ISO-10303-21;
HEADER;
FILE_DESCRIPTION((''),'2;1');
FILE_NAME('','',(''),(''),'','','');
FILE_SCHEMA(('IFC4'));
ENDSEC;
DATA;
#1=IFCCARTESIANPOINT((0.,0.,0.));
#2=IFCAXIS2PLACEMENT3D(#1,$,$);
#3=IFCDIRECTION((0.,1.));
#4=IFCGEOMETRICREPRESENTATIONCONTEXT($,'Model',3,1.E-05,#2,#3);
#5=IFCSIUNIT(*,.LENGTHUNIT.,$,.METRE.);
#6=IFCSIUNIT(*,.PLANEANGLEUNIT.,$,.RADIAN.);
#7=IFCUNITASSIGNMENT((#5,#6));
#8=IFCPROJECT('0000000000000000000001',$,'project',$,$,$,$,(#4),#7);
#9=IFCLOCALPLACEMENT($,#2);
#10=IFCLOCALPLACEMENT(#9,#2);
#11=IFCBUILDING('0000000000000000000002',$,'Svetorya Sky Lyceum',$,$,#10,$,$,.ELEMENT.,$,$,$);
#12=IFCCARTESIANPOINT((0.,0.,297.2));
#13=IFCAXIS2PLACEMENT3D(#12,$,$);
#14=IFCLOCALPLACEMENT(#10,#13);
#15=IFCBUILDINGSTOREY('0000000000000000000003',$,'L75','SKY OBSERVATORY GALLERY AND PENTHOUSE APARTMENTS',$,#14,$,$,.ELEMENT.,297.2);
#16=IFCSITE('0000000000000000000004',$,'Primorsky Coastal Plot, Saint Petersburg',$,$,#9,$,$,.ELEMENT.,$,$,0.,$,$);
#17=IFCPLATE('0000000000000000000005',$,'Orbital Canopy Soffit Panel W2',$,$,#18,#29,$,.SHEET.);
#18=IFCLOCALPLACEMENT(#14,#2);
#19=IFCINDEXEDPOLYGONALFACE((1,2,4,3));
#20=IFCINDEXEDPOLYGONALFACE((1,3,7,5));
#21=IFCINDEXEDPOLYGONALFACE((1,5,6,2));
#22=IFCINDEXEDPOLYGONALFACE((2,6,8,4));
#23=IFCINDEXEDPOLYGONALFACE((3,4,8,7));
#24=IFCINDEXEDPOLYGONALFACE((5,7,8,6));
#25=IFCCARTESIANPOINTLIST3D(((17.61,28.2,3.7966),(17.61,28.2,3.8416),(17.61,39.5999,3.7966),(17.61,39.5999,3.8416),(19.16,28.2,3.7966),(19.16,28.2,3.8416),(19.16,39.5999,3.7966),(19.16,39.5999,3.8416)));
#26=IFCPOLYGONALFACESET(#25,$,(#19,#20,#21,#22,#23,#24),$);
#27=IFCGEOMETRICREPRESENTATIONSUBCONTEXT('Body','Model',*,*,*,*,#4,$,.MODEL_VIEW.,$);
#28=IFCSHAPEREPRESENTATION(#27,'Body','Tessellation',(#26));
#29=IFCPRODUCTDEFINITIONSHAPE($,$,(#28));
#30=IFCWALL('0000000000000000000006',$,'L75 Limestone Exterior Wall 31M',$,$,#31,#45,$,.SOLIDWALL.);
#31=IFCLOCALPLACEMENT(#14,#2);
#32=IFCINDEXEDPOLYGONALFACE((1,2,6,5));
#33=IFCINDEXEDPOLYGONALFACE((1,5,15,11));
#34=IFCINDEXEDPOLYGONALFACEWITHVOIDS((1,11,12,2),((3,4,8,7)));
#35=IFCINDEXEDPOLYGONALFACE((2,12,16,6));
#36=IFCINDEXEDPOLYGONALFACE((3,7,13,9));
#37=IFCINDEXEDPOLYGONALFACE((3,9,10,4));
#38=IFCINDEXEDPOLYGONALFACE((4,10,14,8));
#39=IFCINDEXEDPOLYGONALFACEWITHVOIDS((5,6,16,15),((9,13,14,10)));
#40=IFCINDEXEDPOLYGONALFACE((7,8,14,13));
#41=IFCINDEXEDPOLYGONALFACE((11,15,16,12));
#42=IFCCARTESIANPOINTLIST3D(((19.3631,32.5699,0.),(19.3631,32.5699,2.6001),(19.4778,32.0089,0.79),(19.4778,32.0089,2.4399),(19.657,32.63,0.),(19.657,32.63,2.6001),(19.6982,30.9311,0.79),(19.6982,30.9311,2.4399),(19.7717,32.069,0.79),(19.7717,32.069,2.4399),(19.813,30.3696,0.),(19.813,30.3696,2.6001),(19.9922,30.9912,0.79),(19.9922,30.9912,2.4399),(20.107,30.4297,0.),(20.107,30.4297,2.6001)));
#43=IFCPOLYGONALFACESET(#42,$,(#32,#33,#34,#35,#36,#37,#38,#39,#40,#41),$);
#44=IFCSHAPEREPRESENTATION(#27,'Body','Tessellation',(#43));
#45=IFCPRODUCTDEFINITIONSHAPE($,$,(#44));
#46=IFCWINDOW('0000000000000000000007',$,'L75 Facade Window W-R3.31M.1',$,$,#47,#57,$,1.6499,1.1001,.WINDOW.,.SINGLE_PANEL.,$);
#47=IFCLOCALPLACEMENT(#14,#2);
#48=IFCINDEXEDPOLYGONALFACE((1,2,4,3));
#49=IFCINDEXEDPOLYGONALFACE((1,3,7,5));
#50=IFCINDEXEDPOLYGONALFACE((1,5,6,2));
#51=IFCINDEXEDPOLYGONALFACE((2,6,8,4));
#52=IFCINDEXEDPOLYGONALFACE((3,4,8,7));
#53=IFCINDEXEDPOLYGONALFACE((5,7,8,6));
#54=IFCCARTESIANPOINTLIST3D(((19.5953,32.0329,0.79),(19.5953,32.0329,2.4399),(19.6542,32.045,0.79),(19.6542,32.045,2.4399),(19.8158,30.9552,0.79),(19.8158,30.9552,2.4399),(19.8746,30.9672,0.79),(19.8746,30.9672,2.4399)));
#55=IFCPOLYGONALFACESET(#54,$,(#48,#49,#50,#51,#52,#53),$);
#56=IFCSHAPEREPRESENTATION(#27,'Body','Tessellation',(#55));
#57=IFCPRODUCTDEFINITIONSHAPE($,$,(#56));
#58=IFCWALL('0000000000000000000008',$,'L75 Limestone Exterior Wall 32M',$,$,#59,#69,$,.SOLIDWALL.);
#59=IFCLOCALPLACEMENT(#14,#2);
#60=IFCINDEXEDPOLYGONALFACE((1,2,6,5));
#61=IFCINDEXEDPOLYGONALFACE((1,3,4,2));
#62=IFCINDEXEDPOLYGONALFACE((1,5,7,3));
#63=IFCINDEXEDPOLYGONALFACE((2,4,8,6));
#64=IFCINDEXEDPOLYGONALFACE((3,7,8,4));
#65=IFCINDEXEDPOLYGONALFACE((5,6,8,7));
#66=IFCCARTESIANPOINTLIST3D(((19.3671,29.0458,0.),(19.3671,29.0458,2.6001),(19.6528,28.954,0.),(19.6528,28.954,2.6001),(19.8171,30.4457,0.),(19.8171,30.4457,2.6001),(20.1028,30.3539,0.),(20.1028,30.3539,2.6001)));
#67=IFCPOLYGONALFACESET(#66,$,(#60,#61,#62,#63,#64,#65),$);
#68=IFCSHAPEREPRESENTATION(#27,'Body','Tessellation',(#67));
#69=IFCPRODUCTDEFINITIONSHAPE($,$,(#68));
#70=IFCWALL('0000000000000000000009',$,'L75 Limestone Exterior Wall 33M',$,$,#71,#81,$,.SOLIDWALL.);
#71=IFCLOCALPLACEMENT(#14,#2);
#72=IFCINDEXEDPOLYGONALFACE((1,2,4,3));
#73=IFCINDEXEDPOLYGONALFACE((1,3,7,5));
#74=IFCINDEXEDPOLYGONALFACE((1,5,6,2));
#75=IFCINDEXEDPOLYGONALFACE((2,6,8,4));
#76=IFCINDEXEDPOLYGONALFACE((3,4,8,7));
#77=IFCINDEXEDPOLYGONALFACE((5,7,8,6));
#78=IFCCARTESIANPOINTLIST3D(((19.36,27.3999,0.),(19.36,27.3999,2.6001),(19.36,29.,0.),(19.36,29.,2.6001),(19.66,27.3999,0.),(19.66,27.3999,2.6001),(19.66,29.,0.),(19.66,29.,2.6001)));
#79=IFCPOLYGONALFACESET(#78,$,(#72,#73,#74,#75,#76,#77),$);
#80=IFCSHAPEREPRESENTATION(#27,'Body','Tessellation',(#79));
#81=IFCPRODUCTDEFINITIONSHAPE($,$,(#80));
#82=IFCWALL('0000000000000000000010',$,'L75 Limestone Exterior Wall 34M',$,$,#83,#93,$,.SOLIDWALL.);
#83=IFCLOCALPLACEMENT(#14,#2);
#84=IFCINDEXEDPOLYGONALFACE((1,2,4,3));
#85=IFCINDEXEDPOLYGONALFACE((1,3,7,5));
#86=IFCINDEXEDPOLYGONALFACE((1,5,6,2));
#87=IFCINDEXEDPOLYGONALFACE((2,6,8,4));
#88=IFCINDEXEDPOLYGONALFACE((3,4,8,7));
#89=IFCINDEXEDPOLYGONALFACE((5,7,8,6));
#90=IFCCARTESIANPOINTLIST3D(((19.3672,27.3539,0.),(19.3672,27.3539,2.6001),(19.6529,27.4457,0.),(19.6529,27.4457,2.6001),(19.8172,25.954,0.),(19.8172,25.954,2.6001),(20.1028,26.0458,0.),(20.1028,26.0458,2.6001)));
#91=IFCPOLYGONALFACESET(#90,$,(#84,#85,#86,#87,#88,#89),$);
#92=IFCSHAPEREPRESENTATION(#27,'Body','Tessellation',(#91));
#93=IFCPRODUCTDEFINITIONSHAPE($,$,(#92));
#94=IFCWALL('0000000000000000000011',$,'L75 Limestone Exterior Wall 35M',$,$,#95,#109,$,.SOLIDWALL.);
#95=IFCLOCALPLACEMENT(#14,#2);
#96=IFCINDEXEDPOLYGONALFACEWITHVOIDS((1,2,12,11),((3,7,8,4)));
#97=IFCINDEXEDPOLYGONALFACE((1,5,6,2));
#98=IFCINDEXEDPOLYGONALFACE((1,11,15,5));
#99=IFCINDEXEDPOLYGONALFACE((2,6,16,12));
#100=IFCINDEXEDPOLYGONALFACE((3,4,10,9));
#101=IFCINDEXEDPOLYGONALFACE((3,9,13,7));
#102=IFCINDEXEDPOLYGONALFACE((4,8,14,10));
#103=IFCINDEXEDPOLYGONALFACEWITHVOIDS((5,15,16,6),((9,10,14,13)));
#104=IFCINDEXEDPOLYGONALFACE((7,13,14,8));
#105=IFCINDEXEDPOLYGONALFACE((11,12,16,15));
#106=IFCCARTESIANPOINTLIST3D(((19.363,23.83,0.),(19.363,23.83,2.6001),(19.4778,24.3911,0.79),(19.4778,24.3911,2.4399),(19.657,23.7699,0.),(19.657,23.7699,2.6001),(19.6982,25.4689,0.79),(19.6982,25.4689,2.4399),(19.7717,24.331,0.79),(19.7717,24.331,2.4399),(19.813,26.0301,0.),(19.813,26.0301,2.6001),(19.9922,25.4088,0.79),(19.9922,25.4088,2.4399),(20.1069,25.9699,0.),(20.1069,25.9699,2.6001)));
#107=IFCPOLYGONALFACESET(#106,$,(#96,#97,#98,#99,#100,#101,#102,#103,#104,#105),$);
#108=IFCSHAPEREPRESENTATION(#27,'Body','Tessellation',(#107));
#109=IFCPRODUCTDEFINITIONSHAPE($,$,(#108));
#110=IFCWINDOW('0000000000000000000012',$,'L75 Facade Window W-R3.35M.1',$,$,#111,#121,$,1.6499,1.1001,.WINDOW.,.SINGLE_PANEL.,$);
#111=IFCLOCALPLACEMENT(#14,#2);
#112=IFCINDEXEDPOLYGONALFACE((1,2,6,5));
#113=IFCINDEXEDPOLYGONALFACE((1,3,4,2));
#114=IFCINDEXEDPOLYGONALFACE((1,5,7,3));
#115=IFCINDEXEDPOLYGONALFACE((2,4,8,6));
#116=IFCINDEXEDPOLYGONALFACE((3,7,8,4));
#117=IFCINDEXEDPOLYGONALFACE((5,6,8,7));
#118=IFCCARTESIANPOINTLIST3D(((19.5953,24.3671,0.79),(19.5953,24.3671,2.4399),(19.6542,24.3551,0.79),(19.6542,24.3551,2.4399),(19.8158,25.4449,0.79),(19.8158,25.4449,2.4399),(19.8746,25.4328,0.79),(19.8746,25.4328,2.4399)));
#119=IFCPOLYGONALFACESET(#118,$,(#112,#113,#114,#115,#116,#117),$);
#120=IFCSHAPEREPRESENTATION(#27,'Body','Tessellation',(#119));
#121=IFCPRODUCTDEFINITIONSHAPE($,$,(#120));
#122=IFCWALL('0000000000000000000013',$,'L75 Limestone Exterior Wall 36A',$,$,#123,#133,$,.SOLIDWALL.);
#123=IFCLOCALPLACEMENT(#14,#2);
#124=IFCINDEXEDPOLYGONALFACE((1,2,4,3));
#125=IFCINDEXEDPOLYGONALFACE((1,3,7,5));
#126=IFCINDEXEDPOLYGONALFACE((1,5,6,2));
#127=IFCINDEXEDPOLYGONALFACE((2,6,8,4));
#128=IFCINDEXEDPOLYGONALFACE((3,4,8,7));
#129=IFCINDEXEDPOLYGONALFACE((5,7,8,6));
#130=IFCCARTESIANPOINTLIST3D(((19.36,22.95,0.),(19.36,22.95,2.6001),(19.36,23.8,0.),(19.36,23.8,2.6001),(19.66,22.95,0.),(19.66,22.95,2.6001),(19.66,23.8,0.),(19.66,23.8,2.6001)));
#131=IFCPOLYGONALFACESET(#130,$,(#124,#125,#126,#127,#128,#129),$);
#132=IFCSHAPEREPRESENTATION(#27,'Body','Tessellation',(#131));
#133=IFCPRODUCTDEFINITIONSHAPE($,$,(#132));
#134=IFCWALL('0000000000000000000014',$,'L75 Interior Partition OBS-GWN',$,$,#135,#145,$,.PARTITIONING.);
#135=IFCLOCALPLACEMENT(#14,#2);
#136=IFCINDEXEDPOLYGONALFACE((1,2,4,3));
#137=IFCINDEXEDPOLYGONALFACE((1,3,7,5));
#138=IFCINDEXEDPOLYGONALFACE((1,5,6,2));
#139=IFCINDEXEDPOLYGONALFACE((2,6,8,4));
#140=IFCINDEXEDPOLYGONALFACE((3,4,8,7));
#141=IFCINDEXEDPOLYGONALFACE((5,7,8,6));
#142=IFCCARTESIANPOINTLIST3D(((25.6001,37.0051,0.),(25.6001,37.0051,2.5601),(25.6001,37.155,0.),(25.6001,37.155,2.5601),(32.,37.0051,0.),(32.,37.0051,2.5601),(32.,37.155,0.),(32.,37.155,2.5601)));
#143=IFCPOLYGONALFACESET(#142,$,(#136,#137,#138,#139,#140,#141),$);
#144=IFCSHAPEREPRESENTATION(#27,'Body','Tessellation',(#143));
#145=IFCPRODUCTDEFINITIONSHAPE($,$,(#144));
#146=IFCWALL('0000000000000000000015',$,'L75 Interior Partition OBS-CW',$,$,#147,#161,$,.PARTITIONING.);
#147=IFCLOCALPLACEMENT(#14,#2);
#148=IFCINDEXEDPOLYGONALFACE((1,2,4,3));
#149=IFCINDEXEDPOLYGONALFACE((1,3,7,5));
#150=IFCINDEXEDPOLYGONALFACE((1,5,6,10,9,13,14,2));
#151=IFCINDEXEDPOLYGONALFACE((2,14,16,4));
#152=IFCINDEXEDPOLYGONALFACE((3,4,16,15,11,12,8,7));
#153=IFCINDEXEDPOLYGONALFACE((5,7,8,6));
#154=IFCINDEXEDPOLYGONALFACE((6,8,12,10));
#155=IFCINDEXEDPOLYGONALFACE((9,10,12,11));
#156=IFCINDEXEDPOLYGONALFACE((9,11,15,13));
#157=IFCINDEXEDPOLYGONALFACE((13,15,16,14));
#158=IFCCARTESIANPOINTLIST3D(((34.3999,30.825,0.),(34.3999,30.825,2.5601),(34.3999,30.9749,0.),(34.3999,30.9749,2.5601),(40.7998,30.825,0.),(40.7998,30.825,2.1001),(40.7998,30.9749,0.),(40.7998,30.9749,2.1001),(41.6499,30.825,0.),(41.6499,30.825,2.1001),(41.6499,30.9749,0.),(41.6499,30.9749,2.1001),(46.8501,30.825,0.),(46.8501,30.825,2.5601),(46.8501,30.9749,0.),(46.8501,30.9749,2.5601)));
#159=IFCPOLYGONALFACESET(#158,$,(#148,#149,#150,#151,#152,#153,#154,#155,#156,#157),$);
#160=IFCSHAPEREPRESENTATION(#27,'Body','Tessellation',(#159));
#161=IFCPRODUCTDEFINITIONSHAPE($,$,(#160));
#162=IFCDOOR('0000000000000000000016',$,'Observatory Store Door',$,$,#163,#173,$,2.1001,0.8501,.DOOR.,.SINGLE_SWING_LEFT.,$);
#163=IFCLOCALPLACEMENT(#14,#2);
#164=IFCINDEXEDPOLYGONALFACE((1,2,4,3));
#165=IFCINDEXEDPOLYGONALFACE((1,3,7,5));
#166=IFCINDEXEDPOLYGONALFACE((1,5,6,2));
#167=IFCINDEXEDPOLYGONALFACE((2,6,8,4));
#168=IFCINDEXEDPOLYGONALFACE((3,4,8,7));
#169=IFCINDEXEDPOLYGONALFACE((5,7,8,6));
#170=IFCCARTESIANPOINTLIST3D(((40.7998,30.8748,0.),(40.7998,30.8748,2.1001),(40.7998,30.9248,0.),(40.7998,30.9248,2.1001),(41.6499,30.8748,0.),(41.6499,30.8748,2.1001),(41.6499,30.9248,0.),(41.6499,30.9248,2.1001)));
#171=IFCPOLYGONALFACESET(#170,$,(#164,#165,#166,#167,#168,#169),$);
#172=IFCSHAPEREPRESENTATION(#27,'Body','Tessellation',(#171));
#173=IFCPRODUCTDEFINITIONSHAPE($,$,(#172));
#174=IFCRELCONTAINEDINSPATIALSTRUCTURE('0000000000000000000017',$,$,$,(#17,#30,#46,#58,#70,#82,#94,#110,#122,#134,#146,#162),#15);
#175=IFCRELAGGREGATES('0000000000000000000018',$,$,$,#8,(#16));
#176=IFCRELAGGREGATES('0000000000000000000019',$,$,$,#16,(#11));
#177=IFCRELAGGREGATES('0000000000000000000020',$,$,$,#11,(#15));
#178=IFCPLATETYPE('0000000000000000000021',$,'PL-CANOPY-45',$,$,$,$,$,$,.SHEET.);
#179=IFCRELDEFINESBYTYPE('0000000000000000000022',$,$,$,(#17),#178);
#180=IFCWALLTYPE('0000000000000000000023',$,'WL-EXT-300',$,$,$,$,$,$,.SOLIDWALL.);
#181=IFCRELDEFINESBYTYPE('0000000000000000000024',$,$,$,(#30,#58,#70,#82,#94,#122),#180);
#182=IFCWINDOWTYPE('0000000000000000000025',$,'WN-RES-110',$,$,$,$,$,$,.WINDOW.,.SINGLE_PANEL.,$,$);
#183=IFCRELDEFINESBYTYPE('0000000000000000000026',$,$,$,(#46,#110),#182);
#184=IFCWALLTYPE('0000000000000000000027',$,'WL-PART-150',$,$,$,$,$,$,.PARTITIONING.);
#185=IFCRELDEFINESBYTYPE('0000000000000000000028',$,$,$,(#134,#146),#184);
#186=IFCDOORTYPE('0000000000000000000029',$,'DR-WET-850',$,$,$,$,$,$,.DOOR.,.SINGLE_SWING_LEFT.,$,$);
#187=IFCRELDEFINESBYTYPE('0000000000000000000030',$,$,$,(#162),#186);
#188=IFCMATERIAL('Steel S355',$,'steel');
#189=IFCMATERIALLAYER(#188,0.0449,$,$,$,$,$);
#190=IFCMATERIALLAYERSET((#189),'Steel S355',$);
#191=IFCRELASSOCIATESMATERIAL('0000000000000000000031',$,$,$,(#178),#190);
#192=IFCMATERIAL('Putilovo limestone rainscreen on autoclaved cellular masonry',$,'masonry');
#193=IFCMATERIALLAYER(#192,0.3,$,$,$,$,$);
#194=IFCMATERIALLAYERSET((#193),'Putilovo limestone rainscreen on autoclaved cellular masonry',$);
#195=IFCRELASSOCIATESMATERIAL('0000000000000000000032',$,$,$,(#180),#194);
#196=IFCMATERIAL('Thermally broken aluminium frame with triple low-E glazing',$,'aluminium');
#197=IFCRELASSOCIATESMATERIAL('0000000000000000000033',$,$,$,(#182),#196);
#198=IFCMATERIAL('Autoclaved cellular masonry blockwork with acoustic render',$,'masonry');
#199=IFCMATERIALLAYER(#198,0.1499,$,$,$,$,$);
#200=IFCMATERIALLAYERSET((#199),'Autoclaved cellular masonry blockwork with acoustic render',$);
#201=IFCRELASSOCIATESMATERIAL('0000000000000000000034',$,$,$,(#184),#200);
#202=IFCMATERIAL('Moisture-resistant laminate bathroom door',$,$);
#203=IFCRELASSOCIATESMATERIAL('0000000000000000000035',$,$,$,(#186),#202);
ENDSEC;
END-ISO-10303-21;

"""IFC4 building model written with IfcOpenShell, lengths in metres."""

from ifc_helpers import new_model, si_unit, direction, frame, frame_2d, origin, origin_2d, place, context, subcontext, project, spatial, rectangle, extrude, material, layer, layer_set, type_object, element, fill, save


model = new_model("IFC4")

# Units and contexts
model_context = context("Model", 3, precision=1e-05, world=origin(), true_north=direction((0.0, 1.0)))
body_context = subcontext(model_context, "Body", "Model", "MODEL_VIEW")
ifc_project = project(units=[si_unit("LENGTHUNIT", "METRE"), si_unit("PLANEANGLEUNIT", "RADIAN")], contexts=[model_context])

# Site, building, storey
site_placement = place(None, origin())
site = spatial("IfcSite", under=ifc_project, at=site_placement, Name="Primorsky Coastal Plot, Saint Petersburg", CompositionType="ELEMENT", RefElevation=0.0)
building_placement = place(site_placement, origin())
building = spatial("IfcBuilding", under=site, at=building_placement, Name="Svetorya Sky Lyceum", CompositionType="ELEMENT")
storey_placement = place(building_placement, frame((0.0, 0.0, 297.2)))
storey = spatial("IfcBuildingStorey", under=building, at=storey_placement, Name="L75", Description="SKY OBSERVATORY GALLERY AND PENTHOUSE APARTMENTS", CompositionType="ELEMENT", Elevation=297.2)

# Shared definitions
ifc_material_1 = material(Name="Steel S355", Category="steel")

# Plate
ifc_layer_1 = layer(ifc_material_1, 0.0449)
ifc_layer_set_1 = layer_set([ifc_layer_1], Name="Steel S355")
plate_type_1 = type_object("IfcPlateType", Name="PL-CANOPY-45", PredefinedType="SHEET", material=ifc_layer_set_1)
for number, where, z_axis, x_axis, name in (
    (1, (18.385, 33.8999, 3.7966), (0.0, 0.0, 1.0), (1.0, 0.0, 0.0), "Orbital Canopy Soffit Panel W2"),
):
    element("IfcPlate", number, at=place(storey_placement, frame(where, z_axis=z_axis, x_axis=x_axis)), inside=storey, type_object=plate_type_1, Name=name, PredefinedType="SHEET", context=body_context, shape_type="SweptSolid", body=[
        extrude(rectangle(XDim=1.55, YDim=11.3999, at=origin_2d()), origin(), (0.0, 0.0, 1.0), 0.0449),
    ])

# Wall, opening, window
ifc_material_2 = material(Name="Putilovo limestone rainscreen on autoclaved cellular masonry", Category="masonry")
ifc_layer_2 = layer(ifc_material_2, 0.3)
ifc_layer_set_2 = layer_set([ifc_layer_2], Name="Putilovo limestone rainscreen on autoclaved cellular masonry")
wall_type_1 = type_object("IfcWallType", Name="WL-EXT-300", PredefinedType="SOLIDWALL", material=ifc_layer_set_2)
wall_1_placement = place(storey_placement, frame((19.51, 32.6001, 0.0), z_axis=(0.0, 0.0, 1.0), x_axis=(0.200358, -0.979723, 0.0)))
wall_1 = element("IfcWall", 2, at=wall_1_placement, inside=storey, type_object=wall_type_1, Name="L75 Limestone Exterior Wall 31M", PredefinedType="SOLIDWALL", context=body_context, shape_type="SweptSolid", body=[
    extrude(rectangle(XDim=2.2458, YDim=0.3, at=frame_2d((1.123, 0.0))), origin(), (0.0, 0.0, 1.0), 2.6001),
])
opening_1_placement = place(wall_1_placement, frame((0.5728, 0.0, 0.79)))
opening_1 = element("IfcOpeningElement", 3, at=opening_1_placement, cuts=wall_1, PredefinedType="OPENING", context=body_context, shape_type="SweptSolid", body=[
    extrude(rectangle(XDim=1.1001, YDim=1.6499, at=frame_2d((0.55, 0.825))), frame((0.0, 0.1599, 0.0), z_axis=(0.0, -1.0, 0.0), x_axis=(1.0, 0.0, 0.0)), (0.0, 0.0, 1.0), 0.3201),
])
ifc_material_3 = material(Name="Thermally broken aluminium frame with triple low-E glazing", Category="aluminium")
window_type = type_object("IfcWindowType", Name="WN-RES-110", PartitioningType="SINGLE_PANEL", PredefinedType="WINDOW", material=ifc_material_3)
window_1_placement = place(opening_1_placement, origin())
window_1 = element("IfcWindow", 4, at=window_1_placement, inside=storey, type_object=window_type, Name="L75 Facade Window W-R3.31M.1", OverallHeight=1.6499, OverallWidth=1.1001, PartitioningType="SINGLE_PANEL", PredefinedType="WINDOW", context=body_context, shape_type="SweptSolid", body=[
    extrude(rectangle(XDim=1.1001, YDim=1.6499, at=frame_2d((0.55, 0.825))), frame((0.0, 0.03, 0.0), z_axis=(0.0, -1.0, 0.0), x_axis=(1.0, 0.0, 0.0)), (0.0, 0.0, 1.0), 0.0601),
])
fill(opening_1, window_1)

# Walls
wall_2_placement = place(storey_placement, frame((19.96, 30.3999, 0.0), z_axis=(0.0, 0.0, 1.0), x_axis=(-0.305998, -0.952032, 0.0)))
element("IfcWall", 5, at=wall_2_placement, inside=storey, type_object=wall_type_1, Name="L75 Limestone Exterior Wall 32M", PredefinedType="SOLIDWALL", context=body_context, shape_type="SweptSolid", body=[
    extrude(rectangle(XDim=1.4705, YDim=0.3, at=frame_2d((0.7354, 0.0))), origin(), (0.0, 0.0, 1.0), 2.6001),
])
wall_3_placement = place(storey_placement, frame((19.51, 29.0, 0.0), z_axis=(0.0, 0.0, 1.0), x_axis=(0.0, -1.0, 0.0)))
element("IfcWall", 6, at=wall_3_placement, inside=storey, type_object=wall_type_1, Name="L75 Limestone Exterior Wall 33M", PredefinedType="SOLIDWALL", context=body_context, shape_type="SweptSolid", body=[
    extrude(rectangle(XDim=1.6001, YDim=0.3, at=frame_2d((0.8, 0.0))), origin(), (0.0, 0.0, 1.0), 2.6001),
])
wall_4_placement = place(storey_placement, frame((19.51, 27.3999, 0.0), z_axis=(0.0, 0.0, 1.0), x_axis=(0.305998, -0.952032, 0.0)))
element("IfcWall", 7, at=wall_4_placement, inside=storey, type_object=wall_type_1, Name="L75 Limestone Exterior Wall 34M", PredefinedType="SOLIDWALL", context=body_context, shape_type="SweptSolid", body=[
    extrude(rectangle(XDim=1.4705, YDim=0.3, at=frame_2d((0.7354, 0.0))), origin(), (0.0, 0.0, 1.0), 2.6001),
])

# Wall, opening, window
wall_5_placement = place(storey_placement, frame((19.96, 26.0, 0.0), z_axis=(0.0, 0.0, 1.0), x_axis=(-0.20038, -0.979718, 0.0)))
wall_5 = element("IfcWall", 8, at=wall_5_placement, inside=storey, type_object=wall_type_1, Name="L75 Limestone Exterior Wall 35M", PredefinedType="SOLIDWALL", context=body_context, shape_type="SweptSolid", body=[
    extrude(rectangle(XDim=2.2456, YDim=0.3, at=frame_2d((1.1228, 0.0))), origin(), (0.0, 0.0, 1.0), 2.6001),
])
opening_2_placement = place(wall_5_placement, frame((0.5728, 0.0, 0.79)))
opening_2 = element("IfcOpeningElement", 9, at=opening_2_placement, cuts=wall_5, PredefinedType="OPENING", context=body_context, shape_type="SweptSolid", body=[
    extrude(rectangle(XDim=1.1001, YDim=1.6499, at=frame_2d((0.55, 0.825))), frame((0.0, 0.1599, 0.0), z_axis=(0.0, -1.0, 0.0), x_axis=(1.0, 0.0, 0.0)), (0.0, 0.0, 1.0), 0.3201),
])
window_2_placement = place(opening_2_placement, origin())
window_2 = element("IfcWindow", 10, at=window_2_placement, inside=storey, type_object=window_type, Name="L75 Facade Window W-R3.35M.1", OverallHeight=1.6499, OverallWidth=1.1001, PartitioningType="SINGLE_PANEL", PredefinedType="WINDOW", context=body_context, shape_type="SweptSolid", body=[
    extrude(rectangle(XDim=1.1001, YDim=1.6499, at=frame_2d((0.55, 0.825))), frame((0.0, 0.03, 0.0), z_axis=(0.0, -1.0, 0.0), x_axis=(1.0, 0.0, 0.0)), (0.0, 0.0, 1.0), 0.0601),
])
fill(opening_2, window_2)

# Walls
wall_6_placement = place(storey_placement, frame((19.51, 23.8, 0.0), z_axis=(0.0, 0.0, 1.0), x_axis=(0.0, -1.0, 0.0)))
element("IfcWall", 11, at=wall_6_placement, inside=storey, type_object=wall_type_1, Name="L75 Limestone Exterior Wall 36A", PredefinedType="SOLIDWALL", context=body_context, shape_type="SweptSolid", body=[
    extrude(rectangle(XDim=0.8501, YDim=0.3, at=frame_2d((0.425, 0.0))), origin(), (0.0, 0.0, 1.0), 2.6001),
])
ifc_material_4 = material(Name="Autoclaved cellular masonry blockwork with acoustic render", Category="masonry")
ifc_layer_3 = layer(ifc_material_4, 0.1499)
ifc_layer_set_3 = layer_set([ifc_layer_3], Name="Autoclaved cellular masonry blockwork with acoustic render")
wall_type_2 = type_object("IfcWallType", Name="WL-PART-150", PredefinedType="PARTITIONING", material=ifc_layer_set_3)
wall_7_placement = place(storey_placement, frame((25.6001, 37.0801, 0.0), z_axis=(0.0, 0.0, 1.0), x_axis=(1.0, 0.0, 0.0)))
element("IfcWall", 12, at=wall_7_placement, inside=storey, type_object=wall_type_2, Name="L75 Interior Partition OBS-GWN", PredefinedType="PARTITIONING", context=body_context, shape_type="SweptSolid", body=[
    extrude(rectangle(XDim=6.3999, YDim=0.1499, at=frame_2d((3.2, 0.0))), origin(), (0.0, 0.0, 1.0), 2.5601),
])

# Wall, opening, door
wall_8_placement = place(storey_placement, frame((34.3999, 30.8999, 0.0), z_axis=(0.0, 0.0, 1.0), x_axis=(1.0, 0.0, 0.0)))
wall_8 = element("IfcWall", 13, at=wall_8_placement, inside=storey, type_object=wall_type_2, Name="L75 Interior Partition OBS-CW", PredefinedType="PARTITIONING", context=body_context, shape_type="SweptSolid", body=[
    extrude(rectangle(XDim=12.4502, YDim=0.1499, at=frame_2d((6.2251, 0.0))), origin(), (0.0, 0.0, 1.0), 2.5601),
])
opening_3_placement = place(wall_8_placement, frame((6.3999, 0.0, 0.0)))
opening_3 = element("IfcOpeningElement", 14, at=opening_3_placement, cuts=wall_8, PredefinedType="OPENING", context=body_context, shape_type="SweptSolid", body=[
    extrude(rectangle(XDim=0.8501, YDim=2.1001, at=frame_2d((0.425, 1.05))), frame((0.0, 0.085, 0.0), z_axis=(0.0, -1.0, 0.0), x_axis=(1.0, 0.0, 0.0)), (0.0, 0.0, 1.0), 0.1699),
])
ifc_material_5 = material(Name="Moisture-resistant laminate bathroom door")
door_type = type_object("IfcDoorType", Name="DR-WET-850", OperationType="SINGLE_SWING_LEFT", PredefinedType="DOOR", material=ifc_material_5)
door_placement = place(opening_3_placement, origin())
door = element("IfcDoor", 15, at=door_placement, inside=storey, type_object=door_type, Name="Observatory Store Door", OperationType="SINGLE_SWING_LEFT", OverallHeight=2.1001, OverallWidth=0.8501, PredefinedType="DOOR", context=body_context, shape_type="SweptSolid", body=[
    extrude(rectangle(XDim=0.8501, YDim=2.1001, at=frame_2d((0.425, 1.05))), frame((0.0, 0.0249, 0.0), z_axis=(0.0, -1.0, 0.0), x_axis=(1.0, 0.0, 0.0)), (0.0, 0.0, 1.0), 0.05),
])
fill(opening_3, door)

save(model, "model.ifc")
